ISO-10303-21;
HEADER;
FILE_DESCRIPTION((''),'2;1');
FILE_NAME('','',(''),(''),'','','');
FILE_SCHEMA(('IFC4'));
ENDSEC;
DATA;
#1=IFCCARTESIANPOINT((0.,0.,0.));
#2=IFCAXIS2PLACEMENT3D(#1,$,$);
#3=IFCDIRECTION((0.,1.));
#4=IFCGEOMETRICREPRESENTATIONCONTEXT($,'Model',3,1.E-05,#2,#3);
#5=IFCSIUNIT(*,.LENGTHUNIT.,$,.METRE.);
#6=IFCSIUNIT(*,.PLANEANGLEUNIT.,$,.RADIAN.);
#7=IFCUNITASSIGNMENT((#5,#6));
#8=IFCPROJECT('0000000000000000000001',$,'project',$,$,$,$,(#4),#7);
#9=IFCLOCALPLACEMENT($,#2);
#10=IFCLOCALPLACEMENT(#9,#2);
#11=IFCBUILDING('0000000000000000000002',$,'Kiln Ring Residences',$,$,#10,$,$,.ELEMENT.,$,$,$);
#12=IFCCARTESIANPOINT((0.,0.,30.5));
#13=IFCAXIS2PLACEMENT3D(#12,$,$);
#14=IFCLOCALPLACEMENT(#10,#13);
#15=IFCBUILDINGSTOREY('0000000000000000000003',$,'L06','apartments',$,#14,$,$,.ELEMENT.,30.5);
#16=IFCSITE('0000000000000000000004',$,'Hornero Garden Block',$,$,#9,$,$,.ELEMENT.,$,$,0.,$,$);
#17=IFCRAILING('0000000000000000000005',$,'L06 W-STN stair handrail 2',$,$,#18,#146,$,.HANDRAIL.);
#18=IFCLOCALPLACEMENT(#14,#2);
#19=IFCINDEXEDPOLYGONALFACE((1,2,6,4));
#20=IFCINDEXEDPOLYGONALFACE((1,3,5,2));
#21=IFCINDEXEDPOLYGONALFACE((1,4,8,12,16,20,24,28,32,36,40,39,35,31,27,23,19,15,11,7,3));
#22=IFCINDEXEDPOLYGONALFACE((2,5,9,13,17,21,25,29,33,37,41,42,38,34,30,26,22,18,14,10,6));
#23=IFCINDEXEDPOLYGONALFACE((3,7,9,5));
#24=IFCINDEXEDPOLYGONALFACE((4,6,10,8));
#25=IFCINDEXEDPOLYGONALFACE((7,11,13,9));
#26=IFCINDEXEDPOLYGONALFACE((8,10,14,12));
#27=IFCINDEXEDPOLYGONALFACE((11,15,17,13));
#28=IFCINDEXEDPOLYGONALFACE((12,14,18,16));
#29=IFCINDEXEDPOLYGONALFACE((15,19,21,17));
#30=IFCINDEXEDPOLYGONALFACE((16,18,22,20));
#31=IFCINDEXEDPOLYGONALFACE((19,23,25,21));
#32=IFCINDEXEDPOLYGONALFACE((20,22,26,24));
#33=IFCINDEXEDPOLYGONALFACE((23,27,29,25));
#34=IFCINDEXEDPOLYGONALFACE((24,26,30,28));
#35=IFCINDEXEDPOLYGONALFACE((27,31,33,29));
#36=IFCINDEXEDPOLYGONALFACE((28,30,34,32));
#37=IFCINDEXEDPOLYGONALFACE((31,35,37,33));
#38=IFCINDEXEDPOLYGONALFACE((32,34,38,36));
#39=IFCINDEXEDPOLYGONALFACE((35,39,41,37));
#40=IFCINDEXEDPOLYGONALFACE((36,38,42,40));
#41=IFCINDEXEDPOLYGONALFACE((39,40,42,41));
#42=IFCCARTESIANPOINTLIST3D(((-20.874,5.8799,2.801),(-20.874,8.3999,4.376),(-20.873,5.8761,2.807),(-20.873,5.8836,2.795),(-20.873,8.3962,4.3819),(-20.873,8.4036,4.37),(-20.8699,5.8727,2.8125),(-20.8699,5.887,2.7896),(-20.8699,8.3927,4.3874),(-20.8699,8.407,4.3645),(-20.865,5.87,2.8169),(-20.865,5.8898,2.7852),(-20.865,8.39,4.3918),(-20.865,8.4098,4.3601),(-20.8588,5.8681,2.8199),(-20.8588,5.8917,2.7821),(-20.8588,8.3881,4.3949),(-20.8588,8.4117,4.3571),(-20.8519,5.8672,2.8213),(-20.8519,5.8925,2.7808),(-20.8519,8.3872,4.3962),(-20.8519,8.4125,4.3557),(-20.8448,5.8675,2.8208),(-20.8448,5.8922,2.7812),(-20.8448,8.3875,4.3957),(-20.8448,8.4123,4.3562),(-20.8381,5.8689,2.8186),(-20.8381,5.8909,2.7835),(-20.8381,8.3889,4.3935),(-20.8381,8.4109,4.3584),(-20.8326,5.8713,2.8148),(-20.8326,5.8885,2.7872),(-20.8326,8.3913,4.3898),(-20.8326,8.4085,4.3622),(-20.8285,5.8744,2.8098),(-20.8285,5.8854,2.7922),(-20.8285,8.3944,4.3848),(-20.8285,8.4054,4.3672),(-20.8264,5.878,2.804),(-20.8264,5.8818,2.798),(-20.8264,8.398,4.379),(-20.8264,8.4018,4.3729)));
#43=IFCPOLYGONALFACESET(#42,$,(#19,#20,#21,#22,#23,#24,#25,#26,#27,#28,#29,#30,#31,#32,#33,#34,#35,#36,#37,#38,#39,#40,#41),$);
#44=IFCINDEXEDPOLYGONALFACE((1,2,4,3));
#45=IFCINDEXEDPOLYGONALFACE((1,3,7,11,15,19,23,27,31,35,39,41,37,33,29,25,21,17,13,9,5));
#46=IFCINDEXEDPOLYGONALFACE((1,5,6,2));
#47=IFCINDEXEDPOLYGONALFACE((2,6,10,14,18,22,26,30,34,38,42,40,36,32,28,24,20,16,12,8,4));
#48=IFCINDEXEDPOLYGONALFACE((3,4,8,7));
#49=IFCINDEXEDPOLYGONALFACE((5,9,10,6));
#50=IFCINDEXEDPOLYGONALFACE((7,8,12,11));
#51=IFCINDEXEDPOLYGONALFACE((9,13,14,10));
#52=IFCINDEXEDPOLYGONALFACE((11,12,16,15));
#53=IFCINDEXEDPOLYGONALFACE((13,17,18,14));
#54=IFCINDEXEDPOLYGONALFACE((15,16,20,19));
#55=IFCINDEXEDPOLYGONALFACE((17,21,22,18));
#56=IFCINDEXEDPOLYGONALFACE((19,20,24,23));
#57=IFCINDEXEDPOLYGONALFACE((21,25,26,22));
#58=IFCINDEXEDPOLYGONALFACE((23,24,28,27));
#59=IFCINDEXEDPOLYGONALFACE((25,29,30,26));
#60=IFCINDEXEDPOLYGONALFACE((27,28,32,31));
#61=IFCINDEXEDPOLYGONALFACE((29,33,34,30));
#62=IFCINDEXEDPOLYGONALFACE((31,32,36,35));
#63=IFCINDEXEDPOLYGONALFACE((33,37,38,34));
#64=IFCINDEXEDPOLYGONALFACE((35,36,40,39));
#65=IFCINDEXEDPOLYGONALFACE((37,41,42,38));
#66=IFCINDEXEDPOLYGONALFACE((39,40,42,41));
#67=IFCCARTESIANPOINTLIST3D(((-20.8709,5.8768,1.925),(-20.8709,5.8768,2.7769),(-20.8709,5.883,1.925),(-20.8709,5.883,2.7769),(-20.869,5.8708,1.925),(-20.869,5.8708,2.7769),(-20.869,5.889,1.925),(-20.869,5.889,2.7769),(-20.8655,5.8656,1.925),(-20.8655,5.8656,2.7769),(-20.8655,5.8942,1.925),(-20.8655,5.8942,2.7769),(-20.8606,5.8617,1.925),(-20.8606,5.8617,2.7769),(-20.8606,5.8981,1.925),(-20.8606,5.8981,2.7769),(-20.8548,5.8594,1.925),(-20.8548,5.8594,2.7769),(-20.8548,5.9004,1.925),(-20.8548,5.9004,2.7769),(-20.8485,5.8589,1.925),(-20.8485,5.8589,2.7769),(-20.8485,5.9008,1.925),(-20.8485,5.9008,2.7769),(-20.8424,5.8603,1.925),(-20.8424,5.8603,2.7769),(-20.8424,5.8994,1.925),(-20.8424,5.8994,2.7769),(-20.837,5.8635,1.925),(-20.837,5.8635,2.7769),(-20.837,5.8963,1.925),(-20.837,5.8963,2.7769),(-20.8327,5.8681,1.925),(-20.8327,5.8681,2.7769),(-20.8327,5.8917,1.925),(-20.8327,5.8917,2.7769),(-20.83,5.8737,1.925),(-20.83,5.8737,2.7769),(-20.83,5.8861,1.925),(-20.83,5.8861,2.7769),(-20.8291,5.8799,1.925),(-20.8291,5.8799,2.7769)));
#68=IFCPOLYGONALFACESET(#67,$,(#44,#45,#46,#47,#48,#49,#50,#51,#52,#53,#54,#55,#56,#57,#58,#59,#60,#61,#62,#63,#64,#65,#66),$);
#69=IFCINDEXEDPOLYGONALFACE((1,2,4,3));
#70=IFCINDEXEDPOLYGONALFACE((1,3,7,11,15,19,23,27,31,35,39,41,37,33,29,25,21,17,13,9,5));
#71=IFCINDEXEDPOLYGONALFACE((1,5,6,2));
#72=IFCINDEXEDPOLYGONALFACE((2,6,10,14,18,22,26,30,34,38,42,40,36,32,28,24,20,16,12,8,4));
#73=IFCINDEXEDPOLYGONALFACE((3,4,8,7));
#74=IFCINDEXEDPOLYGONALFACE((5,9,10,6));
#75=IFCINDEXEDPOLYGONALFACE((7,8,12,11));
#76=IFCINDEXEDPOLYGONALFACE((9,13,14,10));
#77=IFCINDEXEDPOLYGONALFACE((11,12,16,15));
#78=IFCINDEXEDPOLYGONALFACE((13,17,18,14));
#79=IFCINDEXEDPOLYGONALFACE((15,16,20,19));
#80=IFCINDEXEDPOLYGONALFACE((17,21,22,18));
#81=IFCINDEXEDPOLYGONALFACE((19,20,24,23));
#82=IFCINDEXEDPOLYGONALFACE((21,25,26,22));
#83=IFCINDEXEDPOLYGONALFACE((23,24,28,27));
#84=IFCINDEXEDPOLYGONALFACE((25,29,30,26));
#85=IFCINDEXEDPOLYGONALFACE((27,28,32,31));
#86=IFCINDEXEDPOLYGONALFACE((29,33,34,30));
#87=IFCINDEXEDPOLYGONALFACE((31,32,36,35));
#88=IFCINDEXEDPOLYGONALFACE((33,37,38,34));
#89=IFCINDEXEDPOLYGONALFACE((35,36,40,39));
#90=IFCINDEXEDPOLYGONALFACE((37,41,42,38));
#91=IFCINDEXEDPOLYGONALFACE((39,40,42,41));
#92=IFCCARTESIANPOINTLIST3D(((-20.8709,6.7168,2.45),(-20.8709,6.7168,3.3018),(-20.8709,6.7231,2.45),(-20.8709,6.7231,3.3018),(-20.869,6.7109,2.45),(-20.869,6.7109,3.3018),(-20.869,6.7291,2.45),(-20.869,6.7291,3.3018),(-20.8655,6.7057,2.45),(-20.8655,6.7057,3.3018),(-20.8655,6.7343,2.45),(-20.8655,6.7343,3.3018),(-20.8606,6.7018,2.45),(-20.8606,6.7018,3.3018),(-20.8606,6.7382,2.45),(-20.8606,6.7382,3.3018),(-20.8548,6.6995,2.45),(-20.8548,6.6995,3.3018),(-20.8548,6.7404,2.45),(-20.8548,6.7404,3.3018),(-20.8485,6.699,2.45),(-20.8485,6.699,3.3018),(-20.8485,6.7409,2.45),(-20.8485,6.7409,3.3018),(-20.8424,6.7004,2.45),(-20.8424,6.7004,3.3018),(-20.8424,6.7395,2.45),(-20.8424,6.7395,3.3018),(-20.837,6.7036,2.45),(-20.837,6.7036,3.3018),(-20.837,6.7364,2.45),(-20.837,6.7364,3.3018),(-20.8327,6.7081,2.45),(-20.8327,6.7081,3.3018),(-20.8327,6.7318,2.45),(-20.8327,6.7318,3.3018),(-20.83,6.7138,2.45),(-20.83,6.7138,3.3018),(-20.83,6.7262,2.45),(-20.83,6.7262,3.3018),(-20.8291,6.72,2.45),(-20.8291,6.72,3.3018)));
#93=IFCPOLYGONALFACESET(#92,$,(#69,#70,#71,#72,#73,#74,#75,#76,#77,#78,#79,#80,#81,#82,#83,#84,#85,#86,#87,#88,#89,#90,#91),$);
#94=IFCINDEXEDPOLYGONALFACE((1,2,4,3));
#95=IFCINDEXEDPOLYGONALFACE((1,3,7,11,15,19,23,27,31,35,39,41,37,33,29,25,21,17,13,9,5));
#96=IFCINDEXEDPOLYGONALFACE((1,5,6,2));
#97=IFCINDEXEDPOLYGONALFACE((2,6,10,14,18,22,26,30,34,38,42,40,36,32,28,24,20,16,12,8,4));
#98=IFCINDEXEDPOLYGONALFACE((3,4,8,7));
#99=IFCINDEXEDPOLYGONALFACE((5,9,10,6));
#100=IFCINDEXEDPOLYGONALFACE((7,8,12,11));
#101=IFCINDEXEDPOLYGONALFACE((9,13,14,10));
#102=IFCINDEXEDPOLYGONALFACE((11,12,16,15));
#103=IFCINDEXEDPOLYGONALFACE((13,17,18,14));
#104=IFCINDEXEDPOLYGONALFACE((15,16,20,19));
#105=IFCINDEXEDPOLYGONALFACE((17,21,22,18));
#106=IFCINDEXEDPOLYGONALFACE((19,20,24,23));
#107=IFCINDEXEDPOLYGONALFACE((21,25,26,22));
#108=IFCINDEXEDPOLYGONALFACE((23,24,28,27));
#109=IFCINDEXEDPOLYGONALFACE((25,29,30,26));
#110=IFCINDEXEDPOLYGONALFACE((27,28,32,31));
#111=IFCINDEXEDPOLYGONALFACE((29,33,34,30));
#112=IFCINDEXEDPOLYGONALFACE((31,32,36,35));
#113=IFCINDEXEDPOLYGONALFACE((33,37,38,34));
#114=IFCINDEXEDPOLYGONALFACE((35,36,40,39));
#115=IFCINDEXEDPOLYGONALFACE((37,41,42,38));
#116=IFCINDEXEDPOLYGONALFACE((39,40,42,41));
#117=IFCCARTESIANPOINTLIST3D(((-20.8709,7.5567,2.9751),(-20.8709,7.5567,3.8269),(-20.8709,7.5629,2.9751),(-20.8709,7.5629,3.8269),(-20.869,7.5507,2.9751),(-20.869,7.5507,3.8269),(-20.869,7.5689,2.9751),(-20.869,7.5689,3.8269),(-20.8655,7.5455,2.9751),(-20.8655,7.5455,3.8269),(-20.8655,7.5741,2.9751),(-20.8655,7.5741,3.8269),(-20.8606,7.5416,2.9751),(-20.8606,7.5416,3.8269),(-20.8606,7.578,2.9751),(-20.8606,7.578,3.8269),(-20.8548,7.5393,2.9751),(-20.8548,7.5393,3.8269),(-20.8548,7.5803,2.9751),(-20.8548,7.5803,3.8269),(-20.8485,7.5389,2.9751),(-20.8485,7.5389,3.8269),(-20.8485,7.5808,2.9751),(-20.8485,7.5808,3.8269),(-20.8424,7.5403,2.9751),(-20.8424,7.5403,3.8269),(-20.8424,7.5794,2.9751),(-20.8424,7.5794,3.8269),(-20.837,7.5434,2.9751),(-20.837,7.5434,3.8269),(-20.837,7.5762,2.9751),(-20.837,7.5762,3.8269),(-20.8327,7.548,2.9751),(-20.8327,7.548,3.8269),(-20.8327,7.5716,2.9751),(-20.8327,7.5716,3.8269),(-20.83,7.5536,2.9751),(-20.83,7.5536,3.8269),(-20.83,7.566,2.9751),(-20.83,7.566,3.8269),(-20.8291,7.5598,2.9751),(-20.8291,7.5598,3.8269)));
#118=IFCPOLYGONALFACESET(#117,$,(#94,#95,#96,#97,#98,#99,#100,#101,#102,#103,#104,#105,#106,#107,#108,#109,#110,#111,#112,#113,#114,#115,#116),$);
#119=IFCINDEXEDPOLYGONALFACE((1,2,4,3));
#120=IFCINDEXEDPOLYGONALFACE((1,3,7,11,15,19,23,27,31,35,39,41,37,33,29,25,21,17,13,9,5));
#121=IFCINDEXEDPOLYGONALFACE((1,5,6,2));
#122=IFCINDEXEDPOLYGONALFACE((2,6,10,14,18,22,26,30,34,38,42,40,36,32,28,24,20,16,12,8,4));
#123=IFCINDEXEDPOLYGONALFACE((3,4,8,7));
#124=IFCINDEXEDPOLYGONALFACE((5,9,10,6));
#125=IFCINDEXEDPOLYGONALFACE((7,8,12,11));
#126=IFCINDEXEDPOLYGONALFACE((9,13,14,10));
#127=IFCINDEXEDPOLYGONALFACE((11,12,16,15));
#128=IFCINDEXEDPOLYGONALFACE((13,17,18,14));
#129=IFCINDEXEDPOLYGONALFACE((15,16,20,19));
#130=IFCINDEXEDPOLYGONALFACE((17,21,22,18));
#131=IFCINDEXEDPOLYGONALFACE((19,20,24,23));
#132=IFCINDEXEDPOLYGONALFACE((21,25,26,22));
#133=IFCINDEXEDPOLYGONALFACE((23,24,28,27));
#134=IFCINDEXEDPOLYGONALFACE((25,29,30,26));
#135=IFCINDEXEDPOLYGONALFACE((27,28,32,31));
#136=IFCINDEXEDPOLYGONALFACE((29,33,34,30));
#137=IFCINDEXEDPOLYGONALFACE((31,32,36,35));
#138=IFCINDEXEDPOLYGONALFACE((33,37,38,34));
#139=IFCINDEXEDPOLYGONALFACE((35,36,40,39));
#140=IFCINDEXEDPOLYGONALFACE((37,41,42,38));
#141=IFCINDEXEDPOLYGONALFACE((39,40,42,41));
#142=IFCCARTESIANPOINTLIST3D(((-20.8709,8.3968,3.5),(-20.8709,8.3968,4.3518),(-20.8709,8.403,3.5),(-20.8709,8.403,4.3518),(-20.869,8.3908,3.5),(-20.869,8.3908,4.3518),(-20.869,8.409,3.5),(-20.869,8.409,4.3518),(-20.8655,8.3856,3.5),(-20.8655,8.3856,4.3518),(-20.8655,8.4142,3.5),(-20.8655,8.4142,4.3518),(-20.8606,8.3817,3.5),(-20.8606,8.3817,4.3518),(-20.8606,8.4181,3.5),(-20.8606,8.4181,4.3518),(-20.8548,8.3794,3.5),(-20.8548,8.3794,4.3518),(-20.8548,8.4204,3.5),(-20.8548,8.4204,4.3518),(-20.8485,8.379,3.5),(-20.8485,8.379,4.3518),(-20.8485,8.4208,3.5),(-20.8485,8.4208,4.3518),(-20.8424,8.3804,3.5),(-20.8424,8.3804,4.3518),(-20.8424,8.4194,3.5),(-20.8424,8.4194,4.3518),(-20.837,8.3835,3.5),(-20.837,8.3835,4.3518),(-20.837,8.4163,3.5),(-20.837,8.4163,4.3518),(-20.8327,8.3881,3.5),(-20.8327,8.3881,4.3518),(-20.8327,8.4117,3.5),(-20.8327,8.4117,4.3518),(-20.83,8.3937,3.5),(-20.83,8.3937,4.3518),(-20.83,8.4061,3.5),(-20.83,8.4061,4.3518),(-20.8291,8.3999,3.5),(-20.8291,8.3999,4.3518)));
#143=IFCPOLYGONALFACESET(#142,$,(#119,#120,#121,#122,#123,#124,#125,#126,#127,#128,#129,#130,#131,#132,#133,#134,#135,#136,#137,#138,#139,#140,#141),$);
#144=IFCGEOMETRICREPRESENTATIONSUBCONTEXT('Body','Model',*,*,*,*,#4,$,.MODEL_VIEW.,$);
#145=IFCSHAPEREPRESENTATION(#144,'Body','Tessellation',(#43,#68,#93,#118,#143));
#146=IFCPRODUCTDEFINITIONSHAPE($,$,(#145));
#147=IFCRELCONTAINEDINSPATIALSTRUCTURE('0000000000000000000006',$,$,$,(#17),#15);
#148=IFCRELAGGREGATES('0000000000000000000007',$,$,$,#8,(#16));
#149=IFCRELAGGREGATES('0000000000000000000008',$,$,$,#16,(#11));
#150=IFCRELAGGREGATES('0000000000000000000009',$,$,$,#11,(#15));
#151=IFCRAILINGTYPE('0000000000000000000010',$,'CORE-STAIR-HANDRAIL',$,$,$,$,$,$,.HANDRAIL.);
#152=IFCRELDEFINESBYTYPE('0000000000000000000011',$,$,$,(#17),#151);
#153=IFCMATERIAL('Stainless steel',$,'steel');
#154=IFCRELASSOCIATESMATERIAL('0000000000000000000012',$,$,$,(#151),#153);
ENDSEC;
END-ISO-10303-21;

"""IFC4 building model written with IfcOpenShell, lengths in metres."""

from ifc_helpers import new_model, si_unit, direction, frame, origin, origin_2d, place, context, subcontext, project, spatial, circle, extrude, material, type_object, element, save


model = new_model("IFC4")

# Units and contexts
model_context = context("Model", 3, precision=1e-05, world=origin(), true_north=direction((0.0, 1.0)))
body_context = subcontext(model_context, "Body", "Model", "MODEL_VIEW")
ifc_project = project(units=[si_unit("LENGTHUNIT", "METRE"), si_unit("PLANEANGLEUNIT", "RADIAN")], contexts=[model_context])

# Site, building, storey
site_placement = place(None, origin())
site = spatial("IfcSite", under=ifc_project, at=site_placement, Name="Hornero Garden Block", CompositionType="ELEMENT", RefElevation=0.0)
building_placement = place(site_placement, origin())
building = spatial("IfcBuilding", under=site, at=building_placement, Name="Kiln Ring Residences", CompositionType="ELEMENT")
storey_placement = place(building_placement, frame((0.0, 0.0, 30.5)))
storey = spatial("IfcBuildingStorey", under=building, at=storey_placement, Name="L06", Description="apartments", CompositionType="ELEMENT", Elevation=30.5)

# Railing
ifc_material_1 = material(Name="Stainless steel", Category="steel")
railing_type_1 = type_object("IfcRailingType", Name="CORE-STAIR-HANDRAIL", PredefinedType="HANDRAIL", material=ifc_material_1)
railing_1_placement = place(storey_placement, frame((-20.8501, 5.8799, 1.925)))
element("IfcRailing", 1, at=railing_1_placement, inside=storey, type_object=railing_type_1, Name="L06 W-STN stair handrail 2", PredefinedType="HANDRAIL", context=body_context, shape_type="SweptSolid", body=[
    extrude(circle(Radius=0.0239, at=origin_2d()), frame((0.0, 0.0, 0.876), z_axis=(0.0, 0.848008, 0.529984), x_axis=(-1.0, 0.0, 0.0)), (0.0, 0.0, 1.0), 2.9717),
    extrude(circle(Radius=0.021, at=origin_2d()), origin(), (0.0, 0.0, 1.0), 0.8518),
    extrude(circle(Radius=0.021, at=origin_2d()), frame((0.0, 0.8401, 0.5249)), (0.0, 0.0, 1.0), 0.8518),
    extrude(circle(Radius=0.021, at=origin_2d()), frame((0.0, 1.6799, 1.05)), (0.0, 0.0, 1.0), 0.8518),
    extrude(circle(Radius=0.021, at=origin_2d()), frame((0.0, 2.52, 1.575)), (0.0, 0.0, 1.0), 0.8518),
])

save(model, "model.ifc")
